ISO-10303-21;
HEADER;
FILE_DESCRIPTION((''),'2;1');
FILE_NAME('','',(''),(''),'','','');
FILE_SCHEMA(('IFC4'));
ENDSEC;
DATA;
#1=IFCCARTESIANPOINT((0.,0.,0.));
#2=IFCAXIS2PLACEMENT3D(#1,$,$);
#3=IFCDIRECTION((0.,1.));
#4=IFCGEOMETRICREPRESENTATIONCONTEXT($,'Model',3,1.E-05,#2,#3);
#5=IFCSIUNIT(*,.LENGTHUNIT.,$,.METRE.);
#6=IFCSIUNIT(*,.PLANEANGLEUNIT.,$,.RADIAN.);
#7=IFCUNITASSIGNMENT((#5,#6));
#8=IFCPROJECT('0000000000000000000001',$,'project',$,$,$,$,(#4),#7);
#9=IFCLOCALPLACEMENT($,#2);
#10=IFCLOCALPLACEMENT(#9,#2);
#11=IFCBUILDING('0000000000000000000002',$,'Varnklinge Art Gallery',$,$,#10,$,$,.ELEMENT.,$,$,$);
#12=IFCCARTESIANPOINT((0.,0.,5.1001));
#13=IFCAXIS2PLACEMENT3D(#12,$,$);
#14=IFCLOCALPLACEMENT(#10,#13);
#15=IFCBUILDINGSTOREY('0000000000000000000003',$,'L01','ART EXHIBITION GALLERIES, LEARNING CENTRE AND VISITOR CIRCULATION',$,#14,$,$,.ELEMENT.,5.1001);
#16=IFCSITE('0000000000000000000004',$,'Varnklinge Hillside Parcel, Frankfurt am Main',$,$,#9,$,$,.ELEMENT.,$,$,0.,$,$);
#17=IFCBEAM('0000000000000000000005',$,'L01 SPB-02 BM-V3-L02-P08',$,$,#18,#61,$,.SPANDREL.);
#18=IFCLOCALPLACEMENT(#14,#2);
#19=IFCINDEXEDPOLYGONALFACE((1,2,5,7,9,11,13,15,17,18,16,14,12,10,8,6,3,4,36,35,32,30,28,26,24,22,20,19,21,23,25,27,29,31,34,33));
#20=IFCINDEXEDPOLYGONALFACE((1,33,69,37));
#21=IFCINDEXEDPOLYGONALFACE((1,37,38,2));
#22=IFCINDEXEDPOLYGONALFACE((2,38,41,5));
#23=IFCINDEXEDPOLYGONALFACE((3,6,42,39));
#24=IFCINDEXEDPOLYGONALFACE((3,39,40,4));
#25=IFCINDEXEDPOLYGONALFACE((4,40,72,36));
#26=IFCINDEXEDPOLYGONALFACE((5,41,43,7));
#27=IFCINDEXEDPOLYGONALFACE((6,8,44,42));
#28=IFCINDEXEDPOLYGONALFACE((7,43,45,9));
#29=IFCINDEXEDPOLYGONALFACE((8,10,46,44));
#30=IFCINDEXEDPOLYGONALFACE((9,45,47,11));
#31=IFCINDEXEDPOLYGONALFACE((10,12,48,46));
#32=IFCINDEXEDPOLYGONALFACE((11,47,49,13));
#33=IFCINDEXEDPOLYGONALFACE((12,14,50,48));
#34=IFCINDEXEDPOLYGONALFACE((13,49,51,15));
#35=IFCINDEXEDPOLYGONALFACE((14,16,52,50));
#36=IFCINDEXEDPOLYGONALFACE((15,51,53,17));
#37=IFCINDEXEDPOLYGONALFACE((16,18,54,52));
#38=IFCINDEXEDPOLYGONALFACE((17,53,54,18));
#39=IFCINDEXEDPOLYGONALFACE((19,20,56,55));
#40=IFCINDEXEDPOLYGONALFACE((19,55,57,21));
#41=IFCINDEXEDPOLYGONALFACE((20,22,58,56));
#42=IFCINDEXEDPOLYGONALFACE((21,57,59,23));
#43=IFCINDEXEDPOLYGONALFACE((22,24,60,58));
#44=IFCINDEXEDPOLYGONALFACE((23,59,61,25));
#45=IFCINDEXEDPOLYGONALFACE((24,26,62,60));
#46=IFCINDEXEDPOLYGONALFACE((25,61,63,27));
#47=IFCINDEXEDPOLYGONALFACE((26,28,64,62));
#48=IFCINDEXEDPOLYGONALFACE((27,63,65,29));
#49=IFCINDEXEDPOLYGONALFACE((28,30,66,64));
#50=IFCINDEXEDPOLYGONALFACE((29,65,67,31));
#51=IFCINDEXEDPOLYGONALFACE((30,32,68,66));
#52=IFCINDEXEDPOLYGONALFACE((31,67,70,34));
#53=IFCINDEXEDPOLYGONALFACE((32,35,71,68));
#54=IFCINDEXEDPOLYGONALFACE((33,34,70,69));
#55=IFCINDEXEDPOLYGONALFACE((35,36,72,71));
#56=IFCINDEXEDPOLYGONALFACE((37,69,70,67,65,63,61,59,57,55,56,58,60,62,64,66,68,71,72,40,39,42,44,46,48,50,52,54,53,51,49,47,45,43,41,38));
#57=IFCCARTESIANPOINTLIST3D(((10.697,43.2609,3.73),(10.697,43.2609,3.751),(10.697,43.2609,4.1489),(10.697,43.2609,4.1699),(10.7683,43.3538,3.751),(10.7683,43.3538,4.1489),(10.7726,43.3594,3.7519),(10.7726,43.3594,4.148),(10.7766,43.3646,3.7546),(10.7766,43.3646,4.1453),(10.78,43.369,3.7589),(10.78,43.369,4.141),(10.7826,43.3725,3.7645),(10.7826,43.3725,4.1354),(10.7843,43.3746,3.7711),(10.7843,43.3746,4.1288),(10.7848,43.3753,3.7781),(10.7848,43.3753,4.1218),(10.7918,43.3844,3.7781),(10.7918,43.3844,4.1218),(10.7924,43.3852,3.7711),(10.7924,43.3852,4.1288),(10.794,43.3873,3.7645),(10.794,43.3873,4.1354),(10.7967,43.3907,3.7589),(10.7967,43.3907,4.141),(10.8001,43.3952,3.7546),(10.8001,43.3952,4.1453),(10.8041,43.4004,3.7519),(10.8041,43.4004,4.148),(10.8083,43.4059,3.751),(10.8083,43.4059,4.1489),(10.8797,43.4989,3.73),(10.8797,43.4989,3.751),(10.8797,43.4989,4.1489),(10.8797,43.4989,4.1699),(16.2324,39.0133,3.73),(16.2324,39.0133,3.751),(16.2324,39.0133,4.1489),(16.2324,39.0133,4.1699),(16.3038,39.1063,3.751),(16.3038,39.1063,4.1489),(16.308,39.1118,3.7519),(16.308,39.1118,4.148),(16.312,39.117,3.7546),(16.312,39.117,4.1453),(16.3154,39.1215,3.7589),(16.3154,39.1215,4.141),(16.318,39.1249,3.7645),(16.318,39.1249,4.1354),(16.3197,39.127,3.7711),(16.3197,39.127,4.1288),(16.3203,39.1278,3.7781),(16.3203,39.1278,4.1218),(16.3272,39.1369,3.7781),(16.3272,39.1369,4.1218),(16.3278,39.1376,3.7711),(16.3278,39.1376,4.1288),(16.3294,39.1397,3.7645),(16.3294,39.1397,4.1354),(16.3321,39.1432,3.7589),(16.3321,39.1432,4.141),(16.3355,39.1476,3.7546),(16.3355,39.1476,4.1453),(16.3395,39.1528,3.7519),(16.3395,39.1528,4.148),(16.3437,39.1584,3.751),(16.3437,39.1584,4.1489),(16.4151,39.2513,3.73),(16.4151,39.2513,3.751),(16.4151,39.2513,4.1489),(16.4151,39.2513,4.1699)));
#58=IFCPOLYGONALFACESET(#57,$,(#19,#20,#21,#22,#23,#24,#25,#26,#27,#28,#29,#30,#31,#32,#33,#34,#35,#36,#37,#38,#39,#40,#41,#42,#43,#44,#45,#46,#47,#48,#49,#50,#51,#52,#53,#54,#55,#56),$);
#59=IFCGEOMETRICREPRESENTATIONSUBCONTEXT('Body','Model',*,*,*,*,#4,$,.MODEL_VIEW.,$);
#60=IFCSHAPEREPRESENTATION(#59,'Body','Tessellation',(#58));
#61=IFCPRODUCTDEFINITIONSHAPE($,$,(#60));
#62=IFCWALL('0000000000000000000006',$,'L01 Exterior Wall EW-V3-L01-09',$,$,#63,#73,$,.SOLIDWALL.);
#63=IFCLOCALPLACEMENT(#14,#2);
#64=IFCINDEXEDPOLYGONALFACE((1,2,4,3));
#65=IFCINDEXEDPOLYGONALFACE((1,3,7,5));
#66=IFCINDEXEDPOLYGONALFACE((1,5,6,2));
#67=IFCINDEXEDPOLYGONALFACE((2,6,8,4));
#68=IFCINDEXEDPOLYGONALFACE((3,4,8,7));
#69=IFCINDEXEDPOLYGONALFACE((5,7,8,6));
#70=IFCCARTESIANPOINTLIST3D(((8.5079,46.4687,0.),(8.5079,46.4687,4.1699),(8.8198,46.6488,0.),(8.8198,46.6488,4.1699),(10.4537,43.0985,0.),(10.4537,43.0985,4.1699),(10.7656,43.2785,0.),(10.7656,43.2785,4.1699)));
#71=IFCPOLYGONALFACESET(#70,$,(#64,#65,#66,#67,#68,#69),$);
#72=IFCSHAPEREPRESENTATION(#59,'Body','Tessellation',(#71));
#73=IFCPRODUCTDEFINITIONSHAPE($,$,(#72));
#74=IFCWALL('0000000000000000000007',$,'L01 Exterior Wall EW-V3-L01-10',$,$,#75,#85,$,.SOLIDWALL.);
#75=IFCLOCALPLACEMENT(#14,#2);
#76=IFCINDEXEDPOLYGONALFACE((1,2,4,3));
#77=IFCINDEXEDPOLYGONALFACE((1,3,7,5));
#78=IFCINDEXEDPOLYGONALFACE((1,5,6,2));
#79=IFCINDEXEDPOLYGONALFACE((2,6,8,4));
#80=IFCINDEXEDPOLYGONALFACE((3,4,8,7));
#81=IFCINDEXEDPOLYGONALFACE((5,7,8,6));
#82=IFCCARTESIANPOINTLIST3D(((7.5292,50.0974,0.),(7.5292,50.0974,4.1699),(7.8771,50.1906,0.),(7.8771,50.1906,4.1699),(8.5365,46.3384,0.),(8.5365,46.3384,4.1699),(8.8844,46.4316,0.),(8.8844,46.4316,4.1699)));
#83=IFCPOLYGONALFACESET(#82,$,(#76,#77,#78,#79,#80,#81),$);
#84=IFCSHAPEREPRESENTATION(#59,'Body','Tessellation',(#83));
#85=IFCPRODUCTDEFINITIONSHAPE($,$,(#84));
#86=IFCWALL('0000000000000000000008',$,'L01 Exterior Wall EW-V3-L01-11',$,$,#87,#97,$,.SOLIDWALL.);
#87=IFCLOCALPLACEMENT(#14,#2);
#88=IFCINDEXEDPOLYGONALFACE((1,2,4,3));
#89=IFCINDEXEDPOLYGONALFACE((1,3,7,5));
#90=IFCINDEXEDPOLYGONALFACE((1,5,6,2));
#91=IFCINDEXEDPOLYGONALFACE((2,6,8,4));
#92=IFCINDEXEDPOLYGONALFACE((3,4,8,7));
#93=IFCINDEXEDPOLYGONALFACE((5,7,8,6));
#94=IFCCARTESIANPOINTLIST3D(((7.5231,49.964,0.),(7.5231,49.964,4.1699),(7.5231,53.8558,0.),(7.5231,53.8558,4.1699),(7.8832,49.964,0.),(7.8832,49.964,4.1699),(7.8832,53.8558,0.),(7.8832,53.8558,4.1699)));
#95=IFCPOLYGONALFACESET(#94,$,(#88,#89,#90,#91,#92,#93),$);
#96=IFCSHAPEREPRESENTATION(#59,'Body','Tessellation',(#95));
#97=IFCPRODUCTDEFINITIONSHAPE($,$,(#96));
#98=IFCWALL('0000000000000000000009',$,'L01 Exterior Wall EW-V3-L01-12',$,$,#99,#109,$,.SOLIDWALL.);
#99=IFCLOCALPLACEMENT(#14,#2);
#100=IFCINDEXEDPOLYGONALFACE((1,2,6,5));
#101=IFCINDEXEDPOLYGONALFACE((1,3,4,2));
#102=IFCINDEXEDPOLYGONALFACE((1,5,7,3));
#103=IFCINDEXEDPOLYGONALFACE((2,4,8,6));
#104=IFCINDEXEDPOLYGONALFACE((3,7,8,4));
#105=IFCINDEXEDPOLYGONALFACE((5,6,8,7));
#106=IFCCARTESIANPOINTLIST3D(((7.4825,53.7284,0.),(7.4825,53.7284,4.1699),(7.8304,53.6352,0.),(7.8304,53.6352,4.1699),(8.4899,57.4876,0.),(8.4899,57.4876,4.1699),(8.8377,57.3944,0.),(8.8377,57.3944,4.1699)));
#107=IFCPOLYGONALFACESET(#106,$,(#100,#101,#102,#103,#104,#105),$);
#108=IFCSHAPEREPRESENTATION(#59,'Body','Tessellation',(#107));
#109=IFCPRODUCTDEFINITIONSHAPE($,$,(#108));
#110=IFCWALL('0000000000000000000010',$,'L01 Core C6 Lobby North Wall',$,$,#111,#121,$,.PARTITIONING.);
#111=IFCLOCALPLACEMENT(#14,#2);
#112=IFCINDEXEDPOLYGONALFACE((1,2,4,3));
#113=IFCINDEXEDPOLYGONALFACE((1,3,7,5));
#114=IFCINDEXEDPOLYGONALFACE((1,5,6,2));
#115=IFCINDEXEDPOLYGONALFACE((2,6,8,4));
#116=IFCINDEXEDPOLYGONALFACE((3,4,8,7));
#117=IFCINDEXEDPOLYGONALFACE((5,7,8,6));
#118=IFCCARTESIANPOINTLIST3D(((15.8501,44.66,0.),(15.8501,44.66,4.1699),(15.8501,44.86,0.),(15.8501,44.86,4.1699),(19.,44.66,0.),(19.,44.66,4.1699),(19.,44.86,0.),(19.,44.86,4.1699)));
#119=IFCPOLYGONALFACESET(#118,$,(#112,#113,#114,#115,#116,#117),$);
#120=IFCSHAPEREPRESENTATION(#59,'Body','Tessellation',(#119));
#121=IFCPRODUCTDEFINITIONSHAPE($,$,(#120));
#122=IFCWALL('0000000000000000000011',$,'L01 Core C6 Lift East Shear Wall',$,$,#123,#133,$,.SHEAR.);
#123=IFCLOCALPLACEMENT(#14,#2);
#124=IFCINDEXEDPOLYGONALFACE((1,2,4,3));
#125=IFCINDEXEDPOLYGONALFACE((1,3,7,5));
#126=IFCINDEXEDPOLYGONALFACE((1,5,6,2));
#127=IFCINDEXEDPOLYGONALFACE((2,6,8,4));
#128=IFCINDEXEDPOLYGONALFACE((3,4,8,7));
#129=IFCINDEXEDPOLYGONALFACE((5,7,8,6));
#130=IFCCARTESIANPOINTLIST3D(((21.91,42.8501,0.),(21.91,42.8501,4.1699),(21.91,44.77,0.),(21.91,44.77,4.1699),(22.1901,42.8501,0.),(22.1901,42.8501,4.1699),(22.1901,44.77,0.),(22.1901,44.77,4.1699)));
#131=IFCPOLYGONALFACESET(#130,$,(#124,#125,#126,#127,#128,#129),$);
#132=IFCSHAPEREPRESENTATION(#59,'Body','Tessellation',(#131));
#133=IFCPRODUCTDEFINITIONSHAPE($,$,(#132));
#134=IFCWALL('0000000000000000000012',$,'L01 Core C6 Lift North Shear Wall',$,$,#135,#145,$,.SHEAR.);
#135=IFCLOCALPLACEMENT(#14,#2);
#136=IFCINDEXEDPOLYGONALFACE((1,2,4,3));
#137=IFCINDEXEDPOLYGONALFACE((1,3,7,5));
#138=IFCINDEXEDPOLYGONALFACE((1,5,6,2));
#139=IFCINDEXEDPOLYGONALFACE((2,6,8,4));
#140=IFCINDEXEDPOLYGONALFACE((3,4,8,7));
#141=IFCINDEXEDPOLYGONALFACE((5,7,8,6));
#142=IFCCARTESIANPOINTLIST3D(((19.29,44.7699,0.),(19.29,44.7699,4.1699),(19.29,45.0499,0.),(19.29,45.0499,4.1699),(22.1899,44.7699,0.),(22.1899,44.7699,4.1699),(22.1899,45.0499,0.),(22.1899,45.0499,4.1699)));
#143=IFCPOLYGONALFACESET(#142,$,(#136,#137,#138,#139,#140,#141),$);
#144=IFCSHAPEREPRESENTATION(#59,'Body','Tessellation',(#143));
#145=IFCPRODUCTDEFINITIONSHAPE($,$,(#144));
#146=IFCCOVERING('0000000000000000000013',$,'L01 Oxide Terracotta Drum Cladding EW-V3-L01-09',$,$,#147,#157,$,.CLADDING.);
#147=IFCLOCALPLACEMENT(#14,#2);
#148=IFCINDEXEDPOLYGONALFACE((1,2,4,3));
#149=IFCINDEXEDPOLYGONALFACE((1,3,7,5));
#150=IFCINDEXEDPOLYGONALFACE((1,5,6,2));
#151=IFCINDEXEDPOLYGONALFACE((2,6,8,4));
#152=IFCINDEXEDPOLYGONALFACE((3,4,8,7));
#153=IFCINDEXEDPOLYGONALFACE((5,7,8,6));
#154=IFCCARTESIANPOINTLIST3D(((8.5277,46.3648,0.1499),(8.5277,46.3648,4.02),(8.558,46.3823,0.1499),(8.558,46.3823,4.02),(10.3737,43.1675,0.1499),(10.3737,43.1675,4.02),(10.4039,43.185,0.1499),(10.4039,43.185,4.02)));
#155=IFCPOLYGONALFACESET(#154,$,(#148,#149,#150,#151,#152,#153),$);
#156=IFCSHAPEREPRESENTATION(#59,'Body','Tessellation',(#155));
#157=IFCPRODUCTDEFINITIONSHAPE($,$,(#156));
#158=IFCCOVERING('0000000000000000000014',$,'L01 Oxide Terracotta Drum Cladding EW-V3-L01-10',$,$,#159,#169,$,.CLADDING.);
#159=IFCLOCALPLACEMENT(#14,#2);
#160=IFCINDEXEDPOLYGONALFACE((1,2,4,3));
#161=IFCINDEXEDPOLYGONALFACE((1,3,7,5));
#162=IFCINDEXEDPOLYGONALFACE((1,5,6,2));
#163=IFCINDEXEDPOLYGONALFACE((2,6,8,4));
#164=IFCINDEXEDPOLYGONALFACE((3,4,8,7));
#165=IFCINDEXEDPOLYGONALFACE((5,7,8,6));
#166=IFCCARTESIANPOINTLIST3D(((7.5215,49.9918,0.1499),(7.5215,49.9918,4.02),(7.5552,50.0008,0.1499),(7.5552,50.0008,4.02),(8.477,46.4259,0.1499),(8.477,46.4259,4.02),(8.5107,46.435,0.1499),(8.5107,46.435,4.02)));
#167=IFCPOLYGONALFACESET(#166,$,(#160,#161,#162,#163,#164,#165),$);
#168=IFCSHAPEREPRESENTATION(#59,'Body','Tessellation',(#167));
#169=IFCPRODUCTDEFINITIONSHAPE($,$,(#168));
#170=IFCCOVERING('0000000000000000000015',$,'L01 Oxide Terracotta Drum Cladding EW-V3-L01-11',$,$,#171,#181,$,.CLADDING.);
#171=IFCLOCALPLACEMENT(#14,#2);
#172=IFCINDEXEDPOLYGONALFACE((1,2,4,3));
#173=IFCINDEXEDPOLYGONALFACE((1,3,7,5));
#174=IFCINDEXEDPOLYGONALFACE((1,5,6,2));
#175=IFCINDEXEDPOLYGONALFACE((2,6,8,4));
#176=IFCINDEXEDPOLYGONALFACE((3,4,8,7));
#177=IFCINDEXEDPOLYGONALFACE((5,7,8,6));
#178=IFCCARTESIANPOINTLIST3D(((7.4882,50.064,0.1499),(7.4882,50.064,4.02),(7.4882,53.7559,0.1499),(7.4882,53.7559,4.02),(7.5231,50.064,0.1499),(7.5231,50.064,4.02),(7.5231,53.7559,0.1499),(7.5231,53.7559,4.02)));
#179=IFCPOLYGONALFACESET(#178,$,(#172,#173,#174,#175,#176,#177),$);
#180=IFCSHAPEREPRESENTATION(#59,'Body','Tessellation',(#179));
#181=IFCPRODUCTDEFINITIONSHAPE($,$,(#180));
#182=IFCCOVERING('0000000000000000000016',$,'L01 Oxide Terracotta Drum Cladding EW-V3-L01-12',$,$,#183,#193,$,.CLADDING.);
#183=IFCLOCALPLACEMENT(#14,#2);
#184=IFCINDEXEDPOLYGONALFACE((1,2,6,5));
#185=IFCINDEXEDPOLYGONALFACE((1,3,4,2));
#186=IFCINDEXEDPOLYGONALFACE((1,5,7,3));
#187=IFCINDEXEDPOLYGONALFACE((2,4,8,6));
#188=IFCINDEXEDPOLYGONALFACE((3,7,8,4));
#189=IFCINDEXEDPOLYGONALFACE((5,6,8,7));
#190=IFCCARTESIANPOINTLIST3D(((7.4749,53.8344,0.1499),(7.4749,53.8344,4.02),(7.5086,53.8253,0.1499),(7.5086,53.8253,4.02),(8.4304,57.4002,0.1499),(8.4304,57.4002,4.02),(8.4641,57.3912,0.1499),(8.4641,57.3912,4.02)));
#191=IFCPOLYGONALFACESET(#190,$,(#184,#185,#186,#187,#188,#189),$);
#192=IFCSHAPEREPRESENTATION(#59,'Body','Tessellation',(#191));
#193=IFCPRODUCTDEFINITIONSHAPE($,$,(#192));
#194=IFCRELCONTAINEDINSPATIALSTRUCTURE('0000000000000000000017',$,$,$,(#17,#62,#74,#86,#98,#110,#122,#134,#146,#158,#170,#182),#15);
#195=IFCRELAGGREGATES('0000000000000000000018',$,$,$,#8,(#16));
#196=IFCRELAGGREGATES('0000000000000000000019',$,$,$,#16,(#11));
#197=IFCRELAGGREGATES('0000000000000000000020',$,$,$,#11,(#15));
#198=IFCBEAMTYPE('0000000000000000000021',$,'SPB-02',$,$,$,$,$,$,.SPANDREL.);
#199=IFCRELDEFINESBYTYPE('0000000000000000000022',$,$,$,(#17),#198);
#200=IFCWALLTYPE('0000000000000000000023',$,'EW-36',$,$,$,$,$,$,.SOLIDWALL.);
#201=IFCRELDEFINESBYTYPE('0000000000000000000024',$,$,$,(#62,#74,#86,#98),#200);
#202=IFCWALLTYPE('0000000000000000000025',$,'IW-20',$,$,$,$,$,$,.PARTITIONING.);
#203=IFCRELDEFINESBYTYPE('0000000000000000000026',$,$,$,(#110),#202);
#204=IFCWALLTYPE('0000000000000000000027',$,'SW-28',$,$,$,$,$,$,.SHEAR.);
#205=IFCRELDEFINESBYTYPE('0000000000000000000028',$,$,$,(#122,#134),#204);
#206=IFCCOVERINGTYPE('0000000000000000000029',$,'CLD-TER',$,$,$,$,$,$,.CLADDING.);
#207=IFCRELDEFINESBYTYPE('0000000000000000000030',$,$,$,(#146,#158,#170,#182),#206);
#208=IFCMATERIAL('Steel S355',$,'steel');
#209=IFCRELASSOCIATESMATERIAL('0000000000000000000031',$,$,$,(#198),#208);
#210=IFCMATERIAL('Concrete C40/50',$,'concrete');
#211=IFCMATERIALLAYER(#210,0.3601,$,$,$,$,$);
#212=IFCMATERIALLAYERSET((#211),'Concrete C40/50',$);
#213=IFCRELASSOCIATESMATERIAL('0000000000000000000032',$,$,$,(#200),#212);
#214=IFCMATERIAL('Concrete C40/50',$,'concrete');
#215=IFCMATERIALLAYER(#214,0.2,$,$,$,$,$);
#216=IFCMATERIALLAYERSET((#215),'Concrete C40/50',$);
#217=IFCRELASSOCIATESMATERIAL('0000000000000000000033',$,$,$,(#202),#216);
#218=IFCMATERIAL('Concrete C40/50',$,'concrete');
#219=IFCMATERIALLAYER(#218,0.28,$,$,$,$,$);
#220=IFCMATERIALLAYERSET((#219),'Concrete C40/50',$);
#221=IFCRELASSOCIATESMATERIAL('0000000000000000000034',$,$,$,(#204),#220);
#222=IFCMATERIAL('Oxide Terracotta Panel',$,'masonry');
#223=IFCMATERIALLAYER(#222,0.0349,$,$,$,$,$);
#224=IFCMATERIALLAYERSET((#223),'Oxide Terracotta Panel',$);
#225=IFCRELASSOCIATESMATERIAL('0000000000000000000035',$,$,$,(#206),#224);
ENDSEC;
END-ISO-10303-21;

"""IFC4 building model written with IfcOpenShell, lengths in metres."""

from ifc_helpers import new_model, si_unit, direction, frame, frame_2d, origin, origin_2d, place, context, subcontext, project, spatial, rectangle, i_section, extrude, material, layer, layer_set, material_profile, profile_set, type_object, element, save


model = new_model("IFC4")

# Units and contexts
model_context = context("Model", 3, precision=1e-05, world=origin(), true_north=direction((0.0, 1.0)))
body_context = subcontext(model_context, "Body", "Model", "MODEL_VIEW")
ifc_project = project(units=[si_unit("LENGTHUNIT", "METRE"), si_unit("PLANEANGLEUNIT", "RADIAN")], contexts=[model_context])

# Site, building, storey
site_placement = place(None, origin())
site = spatial("IfcSite", under=ifc_project, at=site_placement, Name="Varnklinge Hillside Parcel, Frankfurt am Main", CompositionType="ELEMENT", RefElevation=0.0)
building_placement = place(site_placement, origin())
building = spatial("IfcBuilding", under=site, at=building_placement, Name="Varnklinge Art Gallery", CompositionType="ELEMENT")
storey_placement = place(building_placement, frame((0.0, 0.0, 5.1001)))
storey = spatial("IfcBuildingStorey", under=building, at=storey_placement, Name="L01", Description="ART EXHIBITION GALLERIES, LEARNING CENTRE AND VISITOR CIRCULATION", CompositionType="ELEMENT", Elevation=5.1001)

# Beam
ifc_material_1 = material(Name="Steel S355", Category="steel")
ifc_material_profile_1 = material_profile(ifc_material_1, i_section(OverallWidth=0.3, OverallDepth=0.4399, WebThickness=0.0115, FlangeThickness=0.021, FilletRadius=0.0271, at=origin_2d()), Name="HEA 450")
ifc_profile_set_1 = profile_set([ifc_material_profile_1], Name="Steel S355")
beam_type_1 = type_object("IfcBeamType", Name="SPB-02", PredefinedType="SPANDREL", material=ifc_profile_set_1)
for number, where, z_axis, x_axis, name in (
    (1, (10.7883, 43.3799, 3.95), (0.793347, -0.60877, 0.0), (0.60877, 0.793347, 0.0), "L01 SPB-02 BM-V3-L02-P08"),
):
    element("IfcBeam", number, at=place(storey_placement, frame(where, z_axis=z_axis, x_axis=x_axis)), inside=storey, type_object=beam_type_1, Name=name, PredefinedType="SPANDREL", context=body_context, shape_type="SweptSolid", body=[
        extrude(i_section(OverallWidth=0.3, OverallDepth=0.4399, WebThickness=0.0115, FlangeThickness=0.021, FilletRadius=0.0271, at=origin_2d()), origin(), (0.0, 0.0, 1.0), 6.9773),
    ])

# Walls
ifc_material_2 = material(Name="Concrete C40/50", Category="concrete")
ifc_layer_1 = layer(ifc_material_2, 0.3601)
ifc_layer_set_1 = layer_set([ifc_layer_1], Name="Concrete C40/50")
wall_type_1 = type_object("IfcWallType", Name="EW-36", PredefinedType="SOLIDWALL", material=ifc_layer_set_1)
for number, where, z_axis, x_axis, name in (
    (2, (10.6096, 43.1885, 0.0), (0.0, 0.0, 1.0), (-0.499985, 0.866034, 0.0), "L01 Exterior Wall EW-V3-L01-09"),
    (3, (8.7104, 46.385, 0.0), (0.0, 0.0, 1.0), (-0.258842, 0.96592, 0.0), "L01 Exterior Wall EW-V3-L01-10"),
):
    element("IfcWall", number, at=place(storey_placement, frame(where, z_axis=z_axis, x_axis=x_axis)), inside=storey, type_object=wall_type_1, Name=name, PredefinedType="SOLIDWALL", context=body_context, shape_type="SweptSolid", body=[
        extrude(rectangle(XDim=3.8916, YDim=0.3601, at=frame_2d((1.9458, 0.0))), origin(), (0.0, 0.0, 1.0), 4.1699),
    ])
for number, where, z_axis, x_axis, name in (
    (4, (7.7031, 49.9641, 0.0), (0.0, 0.0, 1.0), (0.0, 1.0, 0.0), "L01 Exterior Wall EW-V3-L01-11"),
    (5, (7.6565, 53.6819, 0.0), (0.0, 0.0, 1.0), (0.258826, 0.965924, 0.0), "L01 Exterior Wall EW-V3-L01-12"),
):
    element("IfcWall", number, at=place(storey_placement, frame(where, z_axis=z_axis, x_axis=x_axis)), inside=storey, type_object=wall_type_1, Name=name, PredefinedType="SOLIDWALL", context=body_context, shape_type="SweptSolid", body=[
        extrude(rectangle(XDim=3.8918, YDim=0.3601, at=frame_2d((1.9458, 0.0))), origin(), (0.0, 0.0, 1.0), 4.1699),
    ])
ifc_material_3 = material(Name="Concrete C40/50", Category="concrete")
ifc_layer_2 = layer(ifc_material_3, 0.2)
ifc_layer_set_2 = layer_set([ifc_layer_2], Name="Concrete C40/50")
wall_type_2 = type_object("IfcWallType", Name="IW-20", PredefinedType="PARTITIONING", material=ifc_layer_set_2)
wall_1_placement = place(storey_placement, frame((19.0, 44.76, 0.0), z_axis=(0.0, 0.0, 1.0), x_axis=(-1.0, 0.0, 0.0)))
element("IfcWall", 6, at=wall_1_placement, inside=storey, type_object=wall_type_2, Name="L01 Core C6 Lobby North Wall", PredefinedType="PARTITIONING", context=body_context, shape_type="SweptSolid", body=[
    extrude(rectangle(XDim=3.1499, YDim=0.2, at=frame_2d((1.575, 0.0))), origin(), (0.0, 0.0, 1.0), 4.1699),
])
ifc_material_4 = material(Name="Concrete C40/50", Category="concrete")
ifc_layer_3 = layer(ifc_material_4, 0.28)
ifc_layer_set_3 = layer_set([ifc_layer_3], Name="Concrete C40/50")
wall_type_3 = type_object("IfcWallType", Name="SW-28", PredefinedType="SHEAR", material=ifc_layer_set_3)
wall_2_placement = place(storey_placement, frame((22.05, 42.8501, 0.0), z_axis=(0.0, 0.0, 1.0), x_axis=(0.0, 1.0, 0.0)))
element("IfcWall", 7, at=wall_2_placement, inside=storey, type_object=wall_type_3, Name="L01 Core C6 Lift East Shear Wall", PredefinedType="SHEAR", context=body_context, shape_type="SweptSolid", body=[
    extrude(rectangle(XDim=1.9199, YDim=0.28, at=frame_2d((0.96, 0.0))), origin(), (0.0, 0.0, 1.0), 4.1699),
])
wall_3_placement = place(storey_placement, frame((22.1899, 44.9099, 0.0), z_axis=(0.0, 0.0, 1.0), x_axis=(-1.0, 0.0, 0.0)))
element("IfcWall", 8, at=wall_3_placement, inside=storey, type_object=wall_type_3, Name="L01 Core C6 Lift North Shear Wall", PredefinedType="SHEAR", context=body_context, shape_type="SweptSolid", body=[
    extrude(rectangle(XDim=2.8999, YDim=0.28, at=frame_2d((1.45, 0.0))), origin(), (0.0, 0.0, 1.0), 4.1699),
])

# Coverings
ifc_material_5 = material(Name="Oxide Terracotta Panel", Category="masonry")
ifc_layer_4 = layer(ifc_material_5, 0.0349)
ifc_layer_set_4 = layer_set([ifc_layer_4], Name="Oxide Terracotta Panel")
covering_type = type_object("IfcCoveringType", Name="CLD-TER", PredefinedType="CLADDING", material=ifc_layer_set_4)
covering_1_placement = place(storey_placement, frame((9.4658, 44.7749, 0.1499), z_axis=(0.0, 0.0, 1.0), x_axis=(-0.5, 0.866025, 0.0)))
element("IfcCovering", 9, at=covering_1_placement, inside=storey, type_object=covering_type, Name="L01 Oxide Terracotta Drum Cladding EW-V3-L01-09", PredefinedType="CLADDING", context=body_context, shape_type="SweptSolid", body=[
    extrude(rectangle(XDim=3.6919, YDim=0.0349, at=origin_2d()), origin(), (0.0, 0.0, 1.0), 3.8701),
])
covering_2_placement = place(storey_placement, frame((8.0161, 48.2134, 0.1499), z_axis=(0.0, 0.0, 1.0), x_axis=(-0.258819, 0.965926, 0.0)))
element("IfcCovering", 10, at=covering_2_placement, inside=storey, type_object=covering_type, Name="L01 Oxide Terracotta Drum Cladding EW-V3-L01-10", PredefinedType="CLADDING", context=body_context, shape_type="SweptSolid", body=[
    extrude(rectangle(XDim=3.6917, YDim=0.0349, at=origin_2d()), origin(), (0.0, 0.0, 1.0), 3.8701),
])
covering_3_placement = place(storey_placement, frame((7.5056, 51.9099, 0.1499), z_axis=(0.0, 0.0, 1.0), x_axis=(0.0, 1.0, 0.0)))
element("IfcCovering", 11, at=covering_3_placement, inside=storey, type_object=covering_type, Name="L01 Oxide Terracotta Drum Cladding EW-V3-L01-11", PredefinedType="CLADDING", context=body_context, shape_type="SweptSolid", body=[
    extrude(rectangle(XDim=3.6919, YDim=0.0349, at=origin_2d()), origin(), (0.0, 0.0, 1.0), 3.8701),
])
covering_4_placement = place(storey_placement, frame((7.9695, 55.6128, 0.1499), z_axis=(0.0, 0.0, 1.0), x_axis=(0.258819, 0.965926, 0.0)))
element("IfcCovering", 12, at=covering_4_placement, inside=storey, type_object=covering_type, Name="L01 Oxide Terracotta Drum Cladding EW-V3-L01-12", PredefinedType="CLADDING", context=body_context, shape_type="SweptSolid", body=[
    extrude(rectangle(XDim=3.6917, YDim=0.0349, at=origin_2d()), origin(), (0.0, 0.0, 1.0), 3.8701),
])

save(model, "model.ifc")
